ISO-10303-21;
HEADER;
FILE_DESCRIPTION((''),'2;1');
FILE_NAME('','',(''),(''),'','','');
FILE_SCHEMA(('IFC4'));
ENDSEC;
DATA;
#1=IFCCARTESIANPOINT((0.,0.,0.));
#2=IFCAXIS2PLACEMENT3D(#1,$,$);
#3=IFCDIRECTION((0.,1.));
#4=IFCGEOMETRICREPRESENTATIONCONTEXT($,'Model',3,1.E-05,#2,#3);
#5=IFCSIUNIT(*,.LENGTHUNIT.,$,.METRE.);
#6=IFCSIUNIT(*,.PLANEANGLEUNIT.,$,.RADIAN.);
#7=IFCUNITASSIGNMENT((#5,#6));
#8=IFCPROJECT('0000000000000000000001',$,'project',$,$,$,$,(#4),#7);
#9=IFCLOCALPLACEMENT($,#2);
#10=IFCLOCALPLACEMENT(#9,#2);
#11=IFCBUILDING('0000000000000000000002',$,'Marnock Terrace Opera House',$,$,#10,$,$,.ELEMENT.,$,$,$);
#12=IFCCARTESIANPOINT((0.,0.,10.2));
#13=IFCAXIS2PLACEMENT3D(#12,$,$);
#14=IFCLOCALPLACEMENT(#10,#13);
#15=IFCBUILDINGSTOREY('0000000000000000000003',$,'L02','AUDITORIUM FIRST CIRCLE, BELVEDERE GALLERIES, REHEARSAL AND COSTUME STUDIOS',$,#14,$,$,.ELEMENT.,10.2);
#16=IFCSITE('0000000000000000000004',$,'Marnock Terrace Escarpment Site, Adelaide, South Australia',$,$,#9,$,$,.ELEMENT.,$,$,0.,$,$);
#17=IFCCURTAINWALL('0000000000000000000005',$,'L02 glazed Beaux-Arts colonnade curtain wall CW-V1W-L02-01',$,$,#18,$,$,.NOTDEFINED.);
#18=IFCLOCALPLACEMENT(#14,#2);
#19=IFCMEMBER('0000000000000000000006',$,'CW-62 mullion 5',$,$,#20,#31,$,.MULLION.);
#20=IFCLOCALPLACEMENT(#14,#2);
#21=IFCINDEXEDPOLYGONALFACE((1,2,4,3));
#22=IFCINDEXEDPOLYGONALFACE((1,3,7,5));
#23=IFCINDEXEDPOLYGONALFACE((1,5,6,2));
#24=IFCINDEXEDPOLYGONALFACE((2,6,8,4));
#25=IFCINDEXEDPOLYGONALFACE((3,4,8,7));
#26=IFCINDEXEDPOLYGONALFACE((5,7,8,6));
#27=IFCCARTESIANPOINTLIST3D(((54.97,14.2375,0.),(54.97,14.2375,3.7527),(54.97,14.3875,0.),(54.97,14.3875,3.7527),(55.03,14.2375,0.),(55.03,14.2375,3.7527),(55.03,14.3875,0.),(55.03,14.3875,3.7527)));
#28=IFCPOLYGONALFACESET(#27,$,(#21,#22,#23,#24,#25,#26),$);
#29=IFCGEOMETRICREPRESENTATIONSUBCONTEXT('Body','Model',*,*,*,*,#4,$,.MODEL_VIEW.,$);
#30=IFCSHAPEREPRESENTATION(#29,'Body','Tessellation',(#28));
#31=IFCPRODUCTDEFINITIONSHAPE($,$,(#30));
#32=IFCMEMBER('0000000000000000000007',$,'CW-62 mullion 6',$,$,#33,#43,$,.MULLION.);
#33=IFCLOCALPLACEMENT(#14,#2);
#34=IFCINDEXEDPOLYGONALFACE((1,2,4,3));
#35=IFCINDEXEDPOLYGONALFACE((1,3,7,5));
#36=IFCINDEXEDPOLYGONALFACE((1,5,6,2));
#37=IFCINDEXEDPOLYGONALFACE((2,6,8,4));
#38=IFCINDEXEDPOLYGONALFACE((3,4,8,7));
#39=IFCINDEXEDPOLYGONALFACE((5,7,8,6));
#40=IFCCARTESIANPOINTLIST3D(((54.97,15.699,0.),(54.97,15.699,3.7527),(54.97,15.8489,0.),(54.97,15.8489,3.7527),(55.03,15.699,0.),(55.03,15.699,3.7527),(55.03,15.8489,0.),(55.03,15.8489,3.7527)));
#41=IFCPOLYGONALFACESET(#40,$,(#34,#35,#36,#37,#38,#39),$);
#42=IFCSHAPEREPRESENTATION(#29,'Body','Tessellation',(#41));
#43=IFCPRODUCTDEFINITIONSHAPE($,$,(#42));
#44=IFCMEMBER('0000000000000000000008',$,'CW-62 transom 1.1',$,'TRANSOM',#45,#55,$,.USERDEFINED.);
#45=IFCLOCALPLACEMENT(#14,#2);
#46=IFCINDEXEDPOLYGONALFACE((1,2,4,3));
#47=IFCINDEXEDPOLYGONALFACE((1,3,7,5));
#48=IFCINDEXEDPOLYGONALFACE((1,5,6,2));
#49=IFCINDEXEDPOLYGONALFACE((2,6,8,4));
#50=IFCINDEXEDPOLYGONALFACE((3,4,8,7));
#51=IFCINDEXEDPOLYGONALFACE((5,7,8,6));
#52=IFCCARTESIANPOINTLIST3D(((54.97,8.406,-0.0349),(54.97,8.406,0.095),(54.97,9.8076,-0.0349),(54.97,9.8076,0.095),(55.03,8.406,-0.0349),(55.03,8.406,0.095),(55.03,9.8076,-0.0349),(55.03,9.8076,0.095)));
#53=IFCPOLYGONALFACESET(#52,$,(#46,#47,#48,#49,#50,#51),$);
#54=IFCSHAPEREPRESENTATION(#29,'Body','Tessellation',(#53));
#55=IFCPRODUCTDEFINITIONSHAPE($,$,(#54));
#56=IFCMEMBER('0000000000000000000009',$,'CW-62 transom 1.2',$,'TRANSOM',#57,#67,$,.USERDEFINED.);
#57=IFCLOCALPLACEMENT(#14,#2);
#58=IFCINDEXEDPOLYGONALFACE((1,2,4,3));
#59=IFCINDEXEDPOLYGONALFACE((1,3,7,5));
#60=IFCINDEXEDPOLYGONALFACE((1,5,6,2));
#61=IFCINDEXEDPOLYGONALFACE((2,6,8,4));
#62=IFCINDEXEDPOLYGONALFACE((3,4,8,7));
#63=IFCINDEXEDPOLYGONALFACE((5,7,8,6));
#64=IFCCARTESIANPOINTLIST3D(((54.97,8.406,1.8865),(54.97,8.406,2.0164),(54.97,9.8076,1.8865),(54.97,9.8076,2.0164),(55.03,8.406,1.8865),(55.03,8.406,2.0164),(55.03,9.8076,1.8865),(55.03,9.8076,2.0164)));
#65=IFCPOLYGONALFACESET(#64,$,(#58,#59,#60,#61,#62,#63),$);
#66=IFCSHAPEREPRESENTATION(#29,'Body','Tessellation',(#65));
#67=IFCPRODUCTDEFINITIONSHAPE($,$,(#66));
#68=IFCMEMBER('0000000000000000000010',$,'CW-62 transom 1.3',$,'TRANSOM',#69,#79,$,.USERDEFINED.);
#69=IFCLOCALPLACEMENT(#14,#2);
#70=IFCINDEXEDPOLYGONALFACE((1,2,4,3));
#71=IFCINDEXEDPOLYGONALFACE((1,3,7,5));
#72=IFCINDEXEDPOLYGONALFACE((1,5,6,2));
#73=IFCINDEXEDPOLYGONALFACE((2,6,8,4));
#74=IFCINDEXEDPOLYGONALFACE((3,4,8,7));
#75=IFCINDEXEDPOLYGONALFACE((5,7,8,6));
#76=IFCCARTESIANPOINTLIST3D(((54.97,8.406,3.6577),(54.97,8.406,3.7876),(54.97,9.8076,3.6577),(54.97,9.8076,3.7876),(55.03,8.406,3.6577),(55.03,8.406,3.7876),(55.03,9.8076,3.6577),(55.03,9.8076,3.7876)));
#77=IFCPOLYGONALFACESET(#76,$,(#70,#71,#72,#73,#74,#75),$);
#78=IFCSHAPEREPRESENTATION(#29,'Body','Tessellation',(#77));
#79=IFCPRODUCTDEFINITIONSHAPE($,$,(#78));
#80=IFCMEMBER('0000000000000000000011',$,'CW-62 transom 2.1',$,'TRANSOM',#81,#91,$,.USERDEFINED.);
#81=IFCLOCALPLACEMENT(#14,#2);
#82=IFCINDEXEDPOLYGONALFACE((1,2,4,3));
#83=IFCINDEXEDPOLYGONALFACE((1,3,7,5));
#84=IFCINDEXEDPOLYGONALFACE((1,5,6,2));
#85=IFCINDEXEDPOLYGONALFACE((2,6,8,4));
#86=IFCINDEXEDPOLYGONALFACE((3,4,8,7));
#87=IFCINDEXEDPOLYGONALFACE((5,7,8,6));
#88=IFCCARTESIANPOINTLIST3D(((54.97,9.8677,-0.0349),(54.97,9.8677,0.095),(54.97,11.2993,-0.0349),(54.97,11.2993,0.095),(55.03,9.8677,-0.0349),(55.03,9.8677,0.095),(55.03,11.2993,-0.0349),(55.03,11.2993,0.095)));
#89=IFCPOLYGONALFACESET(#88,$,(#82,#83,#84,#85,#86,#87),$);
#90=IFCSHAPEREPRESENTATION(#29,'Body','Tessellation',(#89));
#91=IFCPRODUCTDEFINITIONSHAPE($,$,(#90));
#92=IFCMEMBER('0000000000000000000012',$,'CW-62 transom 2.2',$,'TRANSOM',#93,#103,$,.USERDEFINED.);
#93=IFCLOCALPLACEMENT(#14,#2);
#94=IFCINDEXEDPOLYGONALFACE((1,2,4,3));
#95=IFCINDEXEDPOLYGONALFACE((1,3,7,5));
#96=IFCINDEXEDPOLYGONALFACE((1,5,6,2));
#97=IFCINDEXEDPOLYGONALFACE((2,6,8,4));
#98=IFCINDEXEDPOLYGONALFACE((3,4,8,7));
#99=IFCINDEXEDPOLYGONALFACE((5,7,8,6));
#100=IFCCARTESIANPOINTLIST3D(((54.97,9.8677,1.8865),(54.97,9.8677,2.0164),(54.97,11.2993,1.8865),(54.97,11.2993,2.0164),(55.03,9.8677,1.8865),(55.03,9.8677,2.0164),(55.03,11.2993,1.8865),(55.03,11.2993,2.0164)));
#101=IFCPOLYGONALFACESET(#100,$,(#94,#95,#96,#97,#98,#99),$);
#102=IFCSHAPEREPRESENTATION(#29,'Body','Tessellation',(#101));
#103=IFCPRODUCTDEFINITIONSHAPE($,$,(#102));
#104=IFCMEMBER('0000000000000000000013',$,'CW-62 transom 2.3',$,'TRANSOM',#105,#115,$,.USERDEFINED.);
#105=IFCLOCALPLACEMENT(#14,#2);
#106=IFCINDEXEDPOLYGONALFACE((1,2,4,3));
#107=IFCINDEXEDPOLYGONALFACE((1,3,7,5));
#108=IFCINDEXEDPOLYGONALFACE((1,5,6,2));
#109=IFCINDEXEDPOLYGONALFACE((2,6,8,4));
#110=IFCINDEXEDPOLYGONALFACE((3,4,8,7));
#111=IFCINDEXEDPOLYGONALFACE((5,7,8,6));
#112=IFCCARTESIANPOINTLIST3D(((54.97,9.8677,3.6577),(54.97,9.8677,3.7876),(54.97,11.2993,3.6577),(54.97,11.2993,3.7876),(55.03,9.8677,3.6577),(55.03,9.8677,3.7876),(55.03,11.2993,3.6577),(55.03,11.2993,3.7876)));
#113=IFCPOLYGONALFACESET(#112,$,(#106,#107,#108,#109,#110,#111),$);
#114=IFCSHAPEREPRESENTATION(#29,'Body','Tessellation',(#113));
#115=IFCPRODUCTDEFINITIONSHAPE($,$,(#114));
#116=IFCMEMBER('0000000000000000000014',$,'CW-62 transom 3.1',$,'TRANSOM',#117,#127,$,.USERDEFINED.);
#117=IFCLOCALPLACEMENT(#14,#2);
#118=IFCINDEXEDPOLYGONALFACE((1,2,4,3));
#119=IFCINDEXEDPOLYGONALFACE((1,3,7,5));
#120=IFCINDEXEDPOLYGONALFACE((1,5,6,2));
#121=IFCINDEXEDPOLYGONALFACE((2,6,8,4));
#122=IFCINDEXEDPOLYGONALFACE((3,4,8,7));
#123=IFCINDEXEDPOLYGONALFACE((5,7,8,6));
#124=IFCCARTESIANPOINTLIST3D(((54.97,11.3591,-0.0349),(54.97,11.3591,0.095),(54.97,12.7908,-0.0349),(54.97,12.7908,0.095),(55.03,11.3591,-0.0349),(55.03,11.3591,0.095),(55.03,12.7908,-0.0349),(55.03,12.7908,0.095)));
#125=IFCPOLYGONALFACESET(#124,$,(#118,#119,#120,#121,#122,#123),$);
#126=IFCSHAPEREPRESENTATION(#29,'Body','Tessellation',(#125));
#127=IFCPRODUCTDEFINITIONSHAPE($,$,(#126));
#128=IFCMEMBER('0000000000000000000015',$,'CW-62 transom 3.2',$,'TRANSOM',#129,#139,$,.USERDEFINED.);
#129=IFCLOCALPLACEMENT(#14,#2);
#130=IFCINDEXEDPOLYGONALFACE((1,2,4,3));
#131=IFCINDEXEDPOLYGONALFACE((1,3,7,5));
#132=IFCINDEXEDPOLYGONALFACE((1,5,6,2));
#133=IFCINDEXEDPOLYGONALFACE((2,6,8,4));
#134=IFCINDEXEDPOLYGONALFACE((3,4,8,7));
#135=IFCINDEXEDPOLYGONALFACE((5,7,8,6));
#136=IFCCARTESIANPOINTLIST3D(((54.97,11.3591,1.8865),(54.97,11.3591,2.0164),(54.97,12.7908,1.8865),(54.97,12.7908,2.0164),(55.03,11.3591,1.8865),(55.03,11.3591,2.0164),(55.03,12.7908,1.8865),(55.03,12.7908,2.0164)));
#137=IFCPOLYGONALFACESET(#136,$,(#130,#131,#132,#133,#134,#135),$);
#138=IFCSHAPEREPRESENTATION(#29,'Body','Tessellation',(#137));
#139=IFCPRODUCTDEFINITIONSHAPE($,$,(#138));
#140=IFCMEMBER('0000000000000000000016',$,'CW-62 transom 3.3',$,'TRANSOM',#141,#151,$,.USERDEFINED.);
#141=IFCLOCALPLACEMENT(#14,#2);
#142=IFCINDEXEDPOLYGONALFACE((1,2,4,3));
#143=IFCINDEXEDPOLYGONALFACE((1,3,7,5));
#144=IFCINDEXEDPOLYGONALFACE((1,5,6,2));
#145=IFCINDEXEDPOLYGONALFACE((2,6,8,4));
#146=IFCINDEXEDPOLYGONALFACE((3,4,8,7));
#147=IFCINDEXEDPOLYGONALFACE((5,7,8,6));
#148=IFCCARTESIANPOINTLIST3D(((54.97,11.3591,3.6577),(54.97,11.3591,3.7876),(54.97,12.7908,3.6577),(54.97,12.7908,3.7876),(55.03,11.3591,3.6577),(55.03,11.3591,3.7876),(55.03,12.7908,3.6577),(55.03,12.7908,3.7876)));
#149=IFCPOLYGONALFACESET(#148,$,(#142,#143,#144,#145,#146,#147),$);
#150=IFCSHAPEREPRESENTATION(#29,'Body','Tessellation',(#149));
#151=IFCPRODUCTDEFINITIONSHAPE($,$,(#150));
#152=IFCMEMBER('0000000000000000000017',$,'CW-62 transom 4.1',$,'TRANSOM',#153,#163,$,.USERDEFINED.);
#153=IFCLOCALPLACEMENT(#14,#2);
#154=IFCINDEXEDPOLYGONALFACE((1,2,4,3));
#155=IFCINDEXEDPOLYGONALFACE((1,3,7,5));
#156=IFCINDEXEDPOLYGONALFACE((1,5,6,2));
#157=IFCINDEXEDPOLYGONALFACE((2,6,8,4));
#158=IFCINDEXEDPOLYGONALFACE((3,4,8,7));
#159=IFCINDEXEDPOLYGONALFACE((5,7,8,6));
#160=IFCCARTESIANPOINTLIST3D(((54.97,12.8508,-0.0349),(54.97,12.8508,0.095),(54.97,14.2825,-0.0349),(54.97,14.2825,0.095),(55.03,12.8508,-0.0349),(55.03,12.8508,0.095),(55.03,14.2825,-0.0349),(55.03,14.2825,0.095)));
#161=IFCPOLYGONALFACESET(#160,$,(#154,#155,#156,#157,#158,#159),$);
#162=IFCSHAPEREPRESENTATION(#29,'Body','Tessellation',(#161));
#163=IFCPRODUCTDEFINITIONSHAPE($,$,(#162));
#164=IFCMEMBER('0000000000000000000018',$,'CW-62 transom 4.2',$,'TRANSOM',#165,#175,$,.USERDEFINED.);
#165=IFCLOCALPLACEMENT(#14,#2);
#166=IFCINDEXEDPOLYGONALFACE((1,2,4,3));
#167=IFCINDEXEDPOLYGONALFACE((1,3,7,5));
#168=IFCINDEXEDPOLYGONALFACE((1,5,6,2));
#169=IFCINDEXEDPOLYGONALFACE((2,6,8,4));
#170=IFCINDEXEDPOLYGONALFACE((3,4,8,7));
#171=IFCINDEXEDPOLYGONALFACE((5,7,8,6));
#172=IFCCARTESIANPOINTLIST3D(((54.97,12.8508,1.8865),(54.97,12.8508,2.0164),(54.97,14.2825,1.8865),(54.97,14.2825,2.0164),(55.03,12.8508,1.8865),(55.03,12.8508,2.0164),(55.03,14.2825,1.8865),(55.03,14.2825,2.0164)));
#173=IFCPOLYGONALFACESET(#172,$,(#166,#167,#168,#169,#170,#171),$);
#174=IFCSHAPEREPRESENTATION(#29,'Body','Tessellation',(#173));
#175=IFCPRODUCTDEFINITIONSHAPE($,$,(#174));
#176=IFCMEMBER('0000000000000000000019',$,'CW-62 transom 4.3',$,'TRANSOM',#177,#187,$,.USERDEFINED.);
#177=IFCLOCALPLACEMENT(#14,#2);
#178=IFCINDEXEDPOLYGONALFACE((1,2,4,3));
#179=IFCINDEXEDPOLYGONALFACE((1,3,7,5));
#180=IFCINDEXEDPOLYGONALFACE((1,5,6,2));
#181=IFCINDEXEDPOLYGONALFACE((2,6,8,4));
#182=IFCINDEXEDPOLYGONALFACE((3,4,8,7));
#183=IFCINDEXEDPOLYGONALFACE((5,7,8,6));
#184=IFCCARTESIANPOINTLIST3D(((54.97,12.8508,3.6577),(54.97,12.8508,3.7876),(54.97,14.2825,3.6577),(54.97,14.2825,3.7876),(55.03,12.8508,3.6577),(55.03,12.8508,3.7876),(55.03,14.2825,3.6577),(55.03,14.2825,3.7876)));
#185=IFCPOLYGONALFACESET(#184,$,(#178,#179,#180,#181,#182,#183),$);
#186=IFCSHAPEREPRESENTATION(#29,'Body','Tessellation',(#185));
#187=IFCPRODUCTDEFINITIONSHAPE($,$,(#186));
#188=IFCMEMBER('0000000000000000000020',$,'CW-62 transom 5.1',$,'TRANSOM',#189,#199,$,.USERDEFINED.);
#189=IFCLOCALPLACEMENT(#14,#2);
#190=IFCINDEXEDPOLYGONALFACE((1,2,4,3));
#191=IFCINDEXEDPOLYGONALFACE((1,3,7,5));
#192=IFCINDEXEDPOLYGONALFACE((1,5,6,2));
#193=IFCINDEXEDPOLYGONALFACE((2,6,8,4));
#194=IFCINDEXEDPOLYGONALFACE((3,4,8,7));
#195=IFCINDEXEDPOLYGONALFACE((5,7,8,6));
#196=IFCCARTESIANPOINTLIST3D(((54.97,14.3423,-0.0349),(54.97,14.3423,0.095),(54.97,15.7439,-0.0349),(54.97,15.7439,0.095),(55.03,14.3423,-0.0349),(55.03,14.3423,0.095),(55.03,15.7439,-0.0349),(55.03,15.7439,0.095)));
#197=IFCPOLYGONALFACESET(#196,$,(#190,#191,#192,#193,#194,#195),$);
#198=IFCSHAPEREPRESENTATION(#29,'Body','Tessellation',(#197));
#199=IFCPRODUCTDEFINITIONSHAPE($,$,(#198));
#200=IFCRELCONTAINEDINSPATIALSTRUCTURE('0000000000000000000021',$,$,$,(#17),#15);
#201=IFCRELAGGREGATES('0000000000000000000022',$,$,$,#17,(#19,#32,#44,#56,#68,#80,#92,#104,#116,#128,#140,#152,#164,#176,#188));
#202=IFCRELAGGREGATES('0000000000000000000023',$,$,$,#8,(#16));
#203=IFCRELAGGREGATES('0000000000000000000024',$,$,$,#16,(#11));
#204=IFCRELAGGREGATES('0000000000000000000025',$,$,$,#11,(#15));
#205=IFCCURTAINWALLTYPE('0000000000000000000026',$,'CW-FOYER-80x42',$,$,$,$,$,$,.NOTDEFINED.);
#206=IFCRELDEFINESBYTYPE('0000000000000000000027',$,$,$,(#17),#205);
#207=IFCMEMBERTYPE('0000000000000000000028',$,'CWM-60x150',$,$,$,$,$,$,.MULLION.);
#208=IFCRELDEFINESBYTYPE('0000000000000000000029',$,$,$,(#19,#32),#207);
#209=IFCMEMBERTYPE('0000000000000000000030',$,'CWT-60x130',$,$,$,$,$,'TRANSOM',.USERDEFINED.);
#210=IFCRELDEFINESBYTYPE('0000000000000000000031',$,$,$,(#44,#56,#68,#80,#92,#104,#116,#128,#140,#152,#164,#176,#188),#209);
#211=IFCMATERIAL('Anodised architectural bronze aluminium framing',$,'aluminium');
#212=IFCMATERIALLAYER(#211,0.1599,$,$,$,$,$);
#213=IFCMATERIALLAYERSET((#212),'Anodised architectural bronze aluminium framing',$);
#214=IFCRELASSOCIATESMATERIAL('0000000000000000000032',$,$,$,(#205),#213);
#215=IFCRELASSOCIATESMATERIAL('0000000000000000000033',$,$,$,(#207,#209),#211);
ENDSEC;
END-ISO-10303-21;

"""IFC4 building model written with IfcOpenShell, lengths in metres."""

from ifc_helpers import new_model, si_unit, direction, frame, origin, origin_2d, place, context, subcontext, project, spatial, rectangle, extrude, material, layer, layer_set, material_profile, profile_set, type_object, element, aggregate, save


model = new_model("IFC4")

# Units and contexts
model_context = context("Model", 3, precision=1e-05, world=origin(), true_north=direction((0.0, 1.0)))
body_context = subcontext(model_context, "Body", "Model", "MODEL_VIEW")
ifc_project = project(units=[si_unit("LENGTHUNIT", "METRE"), si_unit("PLANEANGLEUNIT", "RADIAN")], contexts=[model_context])

# Site, building, storey
site_placement = place(None, origin())
site = spatial("IfcSite", under=ifc_project, at=site_placement, Name="Marnock Terrace Escarpment Site, Adelaide, South Australia", CompositionType="ELEMENT", RefElevation=0.0)
building_placement = place(site_placement, origin())
building = spatial("IfcBuilding", under=site, at=building_placement, Name="Marnock Terrace Opera House", CompositionType="ELEMENT")
storey_placement = place(building_placement, frame((0.0, 0.0, 10.2)))
storey = spatial("IfcBuildingStorey", under=building, at=storey_placement, Name="L02", Description="AUDITORIUM FIRST CIRCLE, BELVEDERE GALLERIES, REHEARSAL AND COSTUME STUDIOS", CompositionType="ELEMENT", Elevation=10.2)

# Curtain wall, members
ifc_material_1 = material(Name="Anodised architectural bronze aluminium framing", Category="aluminium")
ifc_layer_1 = layer(ifc_material_1, 0.1599)
ifc_layer_set_1 = layer_set([ifc_layer_1], Name="Anodised architectural bronze aluminium framing")
curtain_wall_type = type_object("IfcCurtainWallType", Name="CW-FOYER-80x42", PredefinedType="NOTDEFINED", material=ifc_layer_set_1)
curtain_wall_placement = place(storey_placement, origin())
curtain_wall = element("IfcCurtainWall", 1, at=curtain_wall_placement, inside=storey, type_object=curtain_wall_type, Name="L02 glazed Beaux-Arts colonnade curtain wall CW-V1W-L02-01", PredefinedType="NOTDEFINED")
ifc_material_profile_1 = material_profile(ifc_material_1, rectangle(XDim=0.0601, YDim=0.1499, at=origin_2d()))
ifc_profile_set_1 = profile_set([ifc_material_profile_1], Name="Anodised architectural bronze aluminium framing")
member_type_1 = type_object("IfcMemberType", Name="CWM-60x150", PredefinedType="MULLION", material=ifc_profile_set_1)
member_1_placement = place(storey_placement, frame((55.0, 14.3125, 0.0), z_axis=(0.0, 0.0, 1.0), x_axis=(-1.0, 0.0, 0.0)))
member_1 = element("IfcMember", 2, at=member_1_placement, type_object=member_type_1, Name="CW-62 mullion 5", PredefinedType="MULLION", context=body_context, shape_type="SweptSolid", body=[
    extrude(rectangle(XDim=0.0601, YDim=0.1499, at=origin_2d()), origin(), (0.0, 0.0, 1.0), 3.7527),
])
member_2_placement = place(storey_placement, frame((55.0, 15.7739, 0.0), z_axis=(0.0, 0.0, 1.0), x_axis=(-1.0, 0.0, 0.0)))
member_2 = element("IfcMember", 3, at=member_2_placement, type_object=member_type_1, Name="CW-62 mullion 6", PredefinedType="MULLION", context=body_context, shape_type="SweptSolid", body=[
    extrude(rectangle(XDim=0.0601, YDim=0.1499, at=origin_2d()), origin(), (0.0, 0.0, 1.0), 3.7527),
])
ifc_material_profile_2 = material_profile(ifc_material_1, rectangle(XDim=0.0601, YDim=0.1299, at=origin_2d()))
ifc_profile_set_2 = profile_set([ifc_material_profile_2], Name="Anodised architectural bronze aluminium framing")
member_type_2 = type_object("IfcMemberType", Name="CWT-60x130", ElementType="TRANSOM", PredefinedType="USERDEFINED", material=ifc_profile_set_2)
member_3_placement = place(storey_placement, frame((55.0, 8.406, 0.03), z_axis=(0.0, 1.0, 0.0), x_axis=(-1.0, 0.0, 0.0)))
member_3 = element("IfcMember", 4, at=member_3_placement, type_object=member_type_2, Name="CW-62 transom 1.1", ObjectType="TRANSOM", PredefinedType="USERDEFINED", context=body_context, shape_type="SweptSolid", body=[
    extrude(rectangle(XDim=0.0601, YDim=0.1299, at=origin_2d()), origin(), (0.0, 0.0, 1.0), 1.4016),
])
member_4_placement = place(storey_placement, frame((55.0, 8.406, 1.9514), z_axis=(0.0, 1.0, 0.0), x_axis=(-1.0, 0.0, 0.0)))
member_4 = element("IfcMember", 5, at=member_4_placement, type_object=member_type_2, Name="CW-62 transom 1.2", ObjectType="TRANSOM", PredefinedType="USERDEFINED", context=body_context, shape_type="SweptSolid", body=[
    extrude(rectangle(XDim=0.0601, YDim=0.1299, at=origin_2d()), origin(), (0.0, 0.0, 1.0), 1.4016),
])
member_5_placement = place(storey_placement, frame((55.0, 8.406, 3.7227), z_axis=(0.0, 1.0, 0.0), x_axis=(-1.0, 0.0, 0.0)))
member_5 = element("IfcMember", 6, at=member_5_placement, type_object=member_type_2, Name="CW-62 transom 1.3", ObjectType="TRANSOM", PredefinedType="USERDEFINED", context=body_context, shape_type="SweptSolid", body=[
    extrude(rectangle(XDim=0.0601, YDim=0.1299, at=origin_2d()), origin(), (0.0, 0.0, 1.0), 1.4016),
])
member_6_placement = place(storey_placement, frame((55.0, 9.8677, 0.03), z_axis=(0.0, 1.0, 0.0), x_axis=(-1.0, 0.0, 0.0)))
member_6 = element("IfcMember", 7, at=member_6_placement, type_object=member_type_2, Name="CW-62 transom 2.1", ObjectType="TRANSOM", PredefinedType="USERDEFINED", context=body_context, shape_type="SweptSolid", body=[
    extrude(rectangle(XDim=0.0601, YDim=0.1299, at=origin_2d()), origin(), (0.0, 0.0, 1.0), 1.4316),
])
member_7_placement = place(storey_placement, frame((55.0, 9.8677, 1.9514), z_axis=(0.0, 1.0, 0.0), x_axis=(-1.0, 0.0, 0.0)))
member_7 = element("IfcMember", 8, at=member_7_placement, type_object=member_type_2, Name="CW-62 transom 2.2", ObjectType="TRANSOM", PredefinedType="USERDEFINED", context=body_context, shape_type="SweptSolid", body=[
    extrude(rectangle(XDim=0.0601, YDim=0.1299, at=origin_2d()), origin(), (0.0, 0.0, 1.0), 1.4316),
])
member_8_placement = place(storey_placement, frame((55.0, 9.8677, 3.7227), z_axis=(0.0, 1.0, 0.0), x_axis=(-1.0, 0.0, 0.0)))
member_8 = element("IfcMember", 9, at=member_8_placement, type_object=member_type_2, Name="CW-62 transom 2.3", ObjectType="TRANSOM", PredefinedType="USERDEFINED", context=body_context, shape_type="SweptSolid", body=[
    extrude(rectangle(XDim=0.0601, YDim=0.1299, at=origin_2d()), origin(), (0.0, 0.0, 1.0), 1.4316),
])
member_9_placement = place(storey_placement, frame((55.0, 11.3591, 0.03), z_axis=(0.0, 1.0, 0.0), x_axis=(-1.0, 0.0, 0.0)))
member_9 = element("IfcMember", 10, at=member_9_placement, type_object=member_type_2, Name="CW-62 transom 3.1", ObjectType="TRANSOM", PredefinedType="USERDEFINED", context=body_context, shape_type="SweptSolid", body=[
    extrude(rectangle(XDim=0.0601, YDim=0.1299, at=origin_2d()), origin(), (0.0, 0.0, 1.0), 1.4316),
])
member_10_placement = place(storey_placement, frame((55.0, 11.3591, 1.9514), z_axis=(0.0, 1.0, 0.0), x_axis=(-1.0, 0.0, 0.0)))
member_10 = element("IfcMember", 11, at=member_10_placement, type_object=member_type_2, Name="CW-62 transom 3.2", ObjectType="TRANSOM", PredefinedType="USERDEFINED", context=body_context, shape_type="SweptSolid", body=[
    extrude(rectangle(XDim=0.0601, YDim=0.1299, at=origin_2d()), origin(), (0.0, 0.0, 1.0), 1.4316),
])
member_11_placement = place(storey_placement, frame((55.0, 11.3591, 3.7227), z_axis=(0.0, 1.0, 0.0), x_axis=(-1.0, 0.0, 0.0)))
member_11 = element("IfcMember", 12, at=member_11_placement, type_object=member_type_2, Name="CW-62 transom 3.3", ObjectType="TRANSOM", PredefinedType="USERDEFINED", context=body_context, shape_type="SweptSolid", body=[
    extrude(rectangle(XDim=0.0601, YDim=0.1299, at=origin_2d()), origin(), (0.0, 0.0, 1.0), 1.4316),
])
member_12_placement = place(storey_placement, frame((55.0, 12.8508, 0.03), z_axis=(0.0, 1.0, 0.0), x_axis=(-1.0, 0.0, 0.0)))
member_12 = element("IfcMember", 13, at=member_12_placement, type_object=member_type_2, Name="CW-62 transom 4.1", ObjectType="TRANSOM", PredefinedType="USERDEFINED", context=body_context, shape_type="SweptSolid", body=[
    extrude(rectangle(XDim=0.0601, YDim=0.1299, at=origin_2d()), origin(), (0.0, 0.0, 1.0), 1.4316),
])
member_13_placement = place(storey_placement, frame((55.0, 12.8508, 1.9514), z_axis=(0.0, 1.0, 0.0), x_axis=(-1.0, 0.0, 0.0)))
member_13 = element("IfcMember", 14, at=member_13_placement, type_object=member_type_2, Name="CW-62 transom 4.2", ObjectType="TRANSOM", PredefinedType="USERDEFINED", context=body_context, shape_type="SweptSolid", body=[
    extrude(rectangle(XDim=0.0601, YDim=0.1299, at=origin_2d()), origin(), (0.0, 0.0, 1.0), 1.4316),
])
member_14_placement = place(storey_placement, frame((55.0, 12.8508, 3.7227), z_axis=(0.0, 1.0, 0.0), x_axis=(-1.0, 0.0, 0.0)))
member_14 = element("IfcMember", 15, at=member_14_placement, type_object=member_type_2, Name="CW-62 transom 4.3", ObjectType="TRANSOM", PredefinedType="USERDEFINED", context=body_context, shape_type="SweptSolid", body=[
    extrude(rectangle(XDim=0.0601, YDim=0.1299, at=origin_2d()), origin(), (0.0, 0.0, 1.0), 1.4316),
])
member_15_placement = place(storey_placement, frame((55.0, 14.3423, 0.03), z_axis=(0.0, 1.0, 0.0), x_axis=(-1.0, 0.0, 0.0)))
member_15 = element("IfcMember", 16, at=member_15_placement, type_object=member_type_2, Name="CW-62 transom 5.1", ObjectType="TRANSOM", PredefinedType="USERDEFINED", context=body_context, shape_type="SweptSolid", body=[
    extrude(rectangle(XDim=0.0601, YDim=0.1299, at=origin_2d()), origin(), (0.0, 0.0, 1.0), 1.4016),
])
aggregate(curtain_wall, [member_1, member_2, member_3, member_4, member_5, member_6, member_7, member_8, member_9, member_10, member_11, member_12, member_13, member_14, member_15])

save(model, "model.ifc")
